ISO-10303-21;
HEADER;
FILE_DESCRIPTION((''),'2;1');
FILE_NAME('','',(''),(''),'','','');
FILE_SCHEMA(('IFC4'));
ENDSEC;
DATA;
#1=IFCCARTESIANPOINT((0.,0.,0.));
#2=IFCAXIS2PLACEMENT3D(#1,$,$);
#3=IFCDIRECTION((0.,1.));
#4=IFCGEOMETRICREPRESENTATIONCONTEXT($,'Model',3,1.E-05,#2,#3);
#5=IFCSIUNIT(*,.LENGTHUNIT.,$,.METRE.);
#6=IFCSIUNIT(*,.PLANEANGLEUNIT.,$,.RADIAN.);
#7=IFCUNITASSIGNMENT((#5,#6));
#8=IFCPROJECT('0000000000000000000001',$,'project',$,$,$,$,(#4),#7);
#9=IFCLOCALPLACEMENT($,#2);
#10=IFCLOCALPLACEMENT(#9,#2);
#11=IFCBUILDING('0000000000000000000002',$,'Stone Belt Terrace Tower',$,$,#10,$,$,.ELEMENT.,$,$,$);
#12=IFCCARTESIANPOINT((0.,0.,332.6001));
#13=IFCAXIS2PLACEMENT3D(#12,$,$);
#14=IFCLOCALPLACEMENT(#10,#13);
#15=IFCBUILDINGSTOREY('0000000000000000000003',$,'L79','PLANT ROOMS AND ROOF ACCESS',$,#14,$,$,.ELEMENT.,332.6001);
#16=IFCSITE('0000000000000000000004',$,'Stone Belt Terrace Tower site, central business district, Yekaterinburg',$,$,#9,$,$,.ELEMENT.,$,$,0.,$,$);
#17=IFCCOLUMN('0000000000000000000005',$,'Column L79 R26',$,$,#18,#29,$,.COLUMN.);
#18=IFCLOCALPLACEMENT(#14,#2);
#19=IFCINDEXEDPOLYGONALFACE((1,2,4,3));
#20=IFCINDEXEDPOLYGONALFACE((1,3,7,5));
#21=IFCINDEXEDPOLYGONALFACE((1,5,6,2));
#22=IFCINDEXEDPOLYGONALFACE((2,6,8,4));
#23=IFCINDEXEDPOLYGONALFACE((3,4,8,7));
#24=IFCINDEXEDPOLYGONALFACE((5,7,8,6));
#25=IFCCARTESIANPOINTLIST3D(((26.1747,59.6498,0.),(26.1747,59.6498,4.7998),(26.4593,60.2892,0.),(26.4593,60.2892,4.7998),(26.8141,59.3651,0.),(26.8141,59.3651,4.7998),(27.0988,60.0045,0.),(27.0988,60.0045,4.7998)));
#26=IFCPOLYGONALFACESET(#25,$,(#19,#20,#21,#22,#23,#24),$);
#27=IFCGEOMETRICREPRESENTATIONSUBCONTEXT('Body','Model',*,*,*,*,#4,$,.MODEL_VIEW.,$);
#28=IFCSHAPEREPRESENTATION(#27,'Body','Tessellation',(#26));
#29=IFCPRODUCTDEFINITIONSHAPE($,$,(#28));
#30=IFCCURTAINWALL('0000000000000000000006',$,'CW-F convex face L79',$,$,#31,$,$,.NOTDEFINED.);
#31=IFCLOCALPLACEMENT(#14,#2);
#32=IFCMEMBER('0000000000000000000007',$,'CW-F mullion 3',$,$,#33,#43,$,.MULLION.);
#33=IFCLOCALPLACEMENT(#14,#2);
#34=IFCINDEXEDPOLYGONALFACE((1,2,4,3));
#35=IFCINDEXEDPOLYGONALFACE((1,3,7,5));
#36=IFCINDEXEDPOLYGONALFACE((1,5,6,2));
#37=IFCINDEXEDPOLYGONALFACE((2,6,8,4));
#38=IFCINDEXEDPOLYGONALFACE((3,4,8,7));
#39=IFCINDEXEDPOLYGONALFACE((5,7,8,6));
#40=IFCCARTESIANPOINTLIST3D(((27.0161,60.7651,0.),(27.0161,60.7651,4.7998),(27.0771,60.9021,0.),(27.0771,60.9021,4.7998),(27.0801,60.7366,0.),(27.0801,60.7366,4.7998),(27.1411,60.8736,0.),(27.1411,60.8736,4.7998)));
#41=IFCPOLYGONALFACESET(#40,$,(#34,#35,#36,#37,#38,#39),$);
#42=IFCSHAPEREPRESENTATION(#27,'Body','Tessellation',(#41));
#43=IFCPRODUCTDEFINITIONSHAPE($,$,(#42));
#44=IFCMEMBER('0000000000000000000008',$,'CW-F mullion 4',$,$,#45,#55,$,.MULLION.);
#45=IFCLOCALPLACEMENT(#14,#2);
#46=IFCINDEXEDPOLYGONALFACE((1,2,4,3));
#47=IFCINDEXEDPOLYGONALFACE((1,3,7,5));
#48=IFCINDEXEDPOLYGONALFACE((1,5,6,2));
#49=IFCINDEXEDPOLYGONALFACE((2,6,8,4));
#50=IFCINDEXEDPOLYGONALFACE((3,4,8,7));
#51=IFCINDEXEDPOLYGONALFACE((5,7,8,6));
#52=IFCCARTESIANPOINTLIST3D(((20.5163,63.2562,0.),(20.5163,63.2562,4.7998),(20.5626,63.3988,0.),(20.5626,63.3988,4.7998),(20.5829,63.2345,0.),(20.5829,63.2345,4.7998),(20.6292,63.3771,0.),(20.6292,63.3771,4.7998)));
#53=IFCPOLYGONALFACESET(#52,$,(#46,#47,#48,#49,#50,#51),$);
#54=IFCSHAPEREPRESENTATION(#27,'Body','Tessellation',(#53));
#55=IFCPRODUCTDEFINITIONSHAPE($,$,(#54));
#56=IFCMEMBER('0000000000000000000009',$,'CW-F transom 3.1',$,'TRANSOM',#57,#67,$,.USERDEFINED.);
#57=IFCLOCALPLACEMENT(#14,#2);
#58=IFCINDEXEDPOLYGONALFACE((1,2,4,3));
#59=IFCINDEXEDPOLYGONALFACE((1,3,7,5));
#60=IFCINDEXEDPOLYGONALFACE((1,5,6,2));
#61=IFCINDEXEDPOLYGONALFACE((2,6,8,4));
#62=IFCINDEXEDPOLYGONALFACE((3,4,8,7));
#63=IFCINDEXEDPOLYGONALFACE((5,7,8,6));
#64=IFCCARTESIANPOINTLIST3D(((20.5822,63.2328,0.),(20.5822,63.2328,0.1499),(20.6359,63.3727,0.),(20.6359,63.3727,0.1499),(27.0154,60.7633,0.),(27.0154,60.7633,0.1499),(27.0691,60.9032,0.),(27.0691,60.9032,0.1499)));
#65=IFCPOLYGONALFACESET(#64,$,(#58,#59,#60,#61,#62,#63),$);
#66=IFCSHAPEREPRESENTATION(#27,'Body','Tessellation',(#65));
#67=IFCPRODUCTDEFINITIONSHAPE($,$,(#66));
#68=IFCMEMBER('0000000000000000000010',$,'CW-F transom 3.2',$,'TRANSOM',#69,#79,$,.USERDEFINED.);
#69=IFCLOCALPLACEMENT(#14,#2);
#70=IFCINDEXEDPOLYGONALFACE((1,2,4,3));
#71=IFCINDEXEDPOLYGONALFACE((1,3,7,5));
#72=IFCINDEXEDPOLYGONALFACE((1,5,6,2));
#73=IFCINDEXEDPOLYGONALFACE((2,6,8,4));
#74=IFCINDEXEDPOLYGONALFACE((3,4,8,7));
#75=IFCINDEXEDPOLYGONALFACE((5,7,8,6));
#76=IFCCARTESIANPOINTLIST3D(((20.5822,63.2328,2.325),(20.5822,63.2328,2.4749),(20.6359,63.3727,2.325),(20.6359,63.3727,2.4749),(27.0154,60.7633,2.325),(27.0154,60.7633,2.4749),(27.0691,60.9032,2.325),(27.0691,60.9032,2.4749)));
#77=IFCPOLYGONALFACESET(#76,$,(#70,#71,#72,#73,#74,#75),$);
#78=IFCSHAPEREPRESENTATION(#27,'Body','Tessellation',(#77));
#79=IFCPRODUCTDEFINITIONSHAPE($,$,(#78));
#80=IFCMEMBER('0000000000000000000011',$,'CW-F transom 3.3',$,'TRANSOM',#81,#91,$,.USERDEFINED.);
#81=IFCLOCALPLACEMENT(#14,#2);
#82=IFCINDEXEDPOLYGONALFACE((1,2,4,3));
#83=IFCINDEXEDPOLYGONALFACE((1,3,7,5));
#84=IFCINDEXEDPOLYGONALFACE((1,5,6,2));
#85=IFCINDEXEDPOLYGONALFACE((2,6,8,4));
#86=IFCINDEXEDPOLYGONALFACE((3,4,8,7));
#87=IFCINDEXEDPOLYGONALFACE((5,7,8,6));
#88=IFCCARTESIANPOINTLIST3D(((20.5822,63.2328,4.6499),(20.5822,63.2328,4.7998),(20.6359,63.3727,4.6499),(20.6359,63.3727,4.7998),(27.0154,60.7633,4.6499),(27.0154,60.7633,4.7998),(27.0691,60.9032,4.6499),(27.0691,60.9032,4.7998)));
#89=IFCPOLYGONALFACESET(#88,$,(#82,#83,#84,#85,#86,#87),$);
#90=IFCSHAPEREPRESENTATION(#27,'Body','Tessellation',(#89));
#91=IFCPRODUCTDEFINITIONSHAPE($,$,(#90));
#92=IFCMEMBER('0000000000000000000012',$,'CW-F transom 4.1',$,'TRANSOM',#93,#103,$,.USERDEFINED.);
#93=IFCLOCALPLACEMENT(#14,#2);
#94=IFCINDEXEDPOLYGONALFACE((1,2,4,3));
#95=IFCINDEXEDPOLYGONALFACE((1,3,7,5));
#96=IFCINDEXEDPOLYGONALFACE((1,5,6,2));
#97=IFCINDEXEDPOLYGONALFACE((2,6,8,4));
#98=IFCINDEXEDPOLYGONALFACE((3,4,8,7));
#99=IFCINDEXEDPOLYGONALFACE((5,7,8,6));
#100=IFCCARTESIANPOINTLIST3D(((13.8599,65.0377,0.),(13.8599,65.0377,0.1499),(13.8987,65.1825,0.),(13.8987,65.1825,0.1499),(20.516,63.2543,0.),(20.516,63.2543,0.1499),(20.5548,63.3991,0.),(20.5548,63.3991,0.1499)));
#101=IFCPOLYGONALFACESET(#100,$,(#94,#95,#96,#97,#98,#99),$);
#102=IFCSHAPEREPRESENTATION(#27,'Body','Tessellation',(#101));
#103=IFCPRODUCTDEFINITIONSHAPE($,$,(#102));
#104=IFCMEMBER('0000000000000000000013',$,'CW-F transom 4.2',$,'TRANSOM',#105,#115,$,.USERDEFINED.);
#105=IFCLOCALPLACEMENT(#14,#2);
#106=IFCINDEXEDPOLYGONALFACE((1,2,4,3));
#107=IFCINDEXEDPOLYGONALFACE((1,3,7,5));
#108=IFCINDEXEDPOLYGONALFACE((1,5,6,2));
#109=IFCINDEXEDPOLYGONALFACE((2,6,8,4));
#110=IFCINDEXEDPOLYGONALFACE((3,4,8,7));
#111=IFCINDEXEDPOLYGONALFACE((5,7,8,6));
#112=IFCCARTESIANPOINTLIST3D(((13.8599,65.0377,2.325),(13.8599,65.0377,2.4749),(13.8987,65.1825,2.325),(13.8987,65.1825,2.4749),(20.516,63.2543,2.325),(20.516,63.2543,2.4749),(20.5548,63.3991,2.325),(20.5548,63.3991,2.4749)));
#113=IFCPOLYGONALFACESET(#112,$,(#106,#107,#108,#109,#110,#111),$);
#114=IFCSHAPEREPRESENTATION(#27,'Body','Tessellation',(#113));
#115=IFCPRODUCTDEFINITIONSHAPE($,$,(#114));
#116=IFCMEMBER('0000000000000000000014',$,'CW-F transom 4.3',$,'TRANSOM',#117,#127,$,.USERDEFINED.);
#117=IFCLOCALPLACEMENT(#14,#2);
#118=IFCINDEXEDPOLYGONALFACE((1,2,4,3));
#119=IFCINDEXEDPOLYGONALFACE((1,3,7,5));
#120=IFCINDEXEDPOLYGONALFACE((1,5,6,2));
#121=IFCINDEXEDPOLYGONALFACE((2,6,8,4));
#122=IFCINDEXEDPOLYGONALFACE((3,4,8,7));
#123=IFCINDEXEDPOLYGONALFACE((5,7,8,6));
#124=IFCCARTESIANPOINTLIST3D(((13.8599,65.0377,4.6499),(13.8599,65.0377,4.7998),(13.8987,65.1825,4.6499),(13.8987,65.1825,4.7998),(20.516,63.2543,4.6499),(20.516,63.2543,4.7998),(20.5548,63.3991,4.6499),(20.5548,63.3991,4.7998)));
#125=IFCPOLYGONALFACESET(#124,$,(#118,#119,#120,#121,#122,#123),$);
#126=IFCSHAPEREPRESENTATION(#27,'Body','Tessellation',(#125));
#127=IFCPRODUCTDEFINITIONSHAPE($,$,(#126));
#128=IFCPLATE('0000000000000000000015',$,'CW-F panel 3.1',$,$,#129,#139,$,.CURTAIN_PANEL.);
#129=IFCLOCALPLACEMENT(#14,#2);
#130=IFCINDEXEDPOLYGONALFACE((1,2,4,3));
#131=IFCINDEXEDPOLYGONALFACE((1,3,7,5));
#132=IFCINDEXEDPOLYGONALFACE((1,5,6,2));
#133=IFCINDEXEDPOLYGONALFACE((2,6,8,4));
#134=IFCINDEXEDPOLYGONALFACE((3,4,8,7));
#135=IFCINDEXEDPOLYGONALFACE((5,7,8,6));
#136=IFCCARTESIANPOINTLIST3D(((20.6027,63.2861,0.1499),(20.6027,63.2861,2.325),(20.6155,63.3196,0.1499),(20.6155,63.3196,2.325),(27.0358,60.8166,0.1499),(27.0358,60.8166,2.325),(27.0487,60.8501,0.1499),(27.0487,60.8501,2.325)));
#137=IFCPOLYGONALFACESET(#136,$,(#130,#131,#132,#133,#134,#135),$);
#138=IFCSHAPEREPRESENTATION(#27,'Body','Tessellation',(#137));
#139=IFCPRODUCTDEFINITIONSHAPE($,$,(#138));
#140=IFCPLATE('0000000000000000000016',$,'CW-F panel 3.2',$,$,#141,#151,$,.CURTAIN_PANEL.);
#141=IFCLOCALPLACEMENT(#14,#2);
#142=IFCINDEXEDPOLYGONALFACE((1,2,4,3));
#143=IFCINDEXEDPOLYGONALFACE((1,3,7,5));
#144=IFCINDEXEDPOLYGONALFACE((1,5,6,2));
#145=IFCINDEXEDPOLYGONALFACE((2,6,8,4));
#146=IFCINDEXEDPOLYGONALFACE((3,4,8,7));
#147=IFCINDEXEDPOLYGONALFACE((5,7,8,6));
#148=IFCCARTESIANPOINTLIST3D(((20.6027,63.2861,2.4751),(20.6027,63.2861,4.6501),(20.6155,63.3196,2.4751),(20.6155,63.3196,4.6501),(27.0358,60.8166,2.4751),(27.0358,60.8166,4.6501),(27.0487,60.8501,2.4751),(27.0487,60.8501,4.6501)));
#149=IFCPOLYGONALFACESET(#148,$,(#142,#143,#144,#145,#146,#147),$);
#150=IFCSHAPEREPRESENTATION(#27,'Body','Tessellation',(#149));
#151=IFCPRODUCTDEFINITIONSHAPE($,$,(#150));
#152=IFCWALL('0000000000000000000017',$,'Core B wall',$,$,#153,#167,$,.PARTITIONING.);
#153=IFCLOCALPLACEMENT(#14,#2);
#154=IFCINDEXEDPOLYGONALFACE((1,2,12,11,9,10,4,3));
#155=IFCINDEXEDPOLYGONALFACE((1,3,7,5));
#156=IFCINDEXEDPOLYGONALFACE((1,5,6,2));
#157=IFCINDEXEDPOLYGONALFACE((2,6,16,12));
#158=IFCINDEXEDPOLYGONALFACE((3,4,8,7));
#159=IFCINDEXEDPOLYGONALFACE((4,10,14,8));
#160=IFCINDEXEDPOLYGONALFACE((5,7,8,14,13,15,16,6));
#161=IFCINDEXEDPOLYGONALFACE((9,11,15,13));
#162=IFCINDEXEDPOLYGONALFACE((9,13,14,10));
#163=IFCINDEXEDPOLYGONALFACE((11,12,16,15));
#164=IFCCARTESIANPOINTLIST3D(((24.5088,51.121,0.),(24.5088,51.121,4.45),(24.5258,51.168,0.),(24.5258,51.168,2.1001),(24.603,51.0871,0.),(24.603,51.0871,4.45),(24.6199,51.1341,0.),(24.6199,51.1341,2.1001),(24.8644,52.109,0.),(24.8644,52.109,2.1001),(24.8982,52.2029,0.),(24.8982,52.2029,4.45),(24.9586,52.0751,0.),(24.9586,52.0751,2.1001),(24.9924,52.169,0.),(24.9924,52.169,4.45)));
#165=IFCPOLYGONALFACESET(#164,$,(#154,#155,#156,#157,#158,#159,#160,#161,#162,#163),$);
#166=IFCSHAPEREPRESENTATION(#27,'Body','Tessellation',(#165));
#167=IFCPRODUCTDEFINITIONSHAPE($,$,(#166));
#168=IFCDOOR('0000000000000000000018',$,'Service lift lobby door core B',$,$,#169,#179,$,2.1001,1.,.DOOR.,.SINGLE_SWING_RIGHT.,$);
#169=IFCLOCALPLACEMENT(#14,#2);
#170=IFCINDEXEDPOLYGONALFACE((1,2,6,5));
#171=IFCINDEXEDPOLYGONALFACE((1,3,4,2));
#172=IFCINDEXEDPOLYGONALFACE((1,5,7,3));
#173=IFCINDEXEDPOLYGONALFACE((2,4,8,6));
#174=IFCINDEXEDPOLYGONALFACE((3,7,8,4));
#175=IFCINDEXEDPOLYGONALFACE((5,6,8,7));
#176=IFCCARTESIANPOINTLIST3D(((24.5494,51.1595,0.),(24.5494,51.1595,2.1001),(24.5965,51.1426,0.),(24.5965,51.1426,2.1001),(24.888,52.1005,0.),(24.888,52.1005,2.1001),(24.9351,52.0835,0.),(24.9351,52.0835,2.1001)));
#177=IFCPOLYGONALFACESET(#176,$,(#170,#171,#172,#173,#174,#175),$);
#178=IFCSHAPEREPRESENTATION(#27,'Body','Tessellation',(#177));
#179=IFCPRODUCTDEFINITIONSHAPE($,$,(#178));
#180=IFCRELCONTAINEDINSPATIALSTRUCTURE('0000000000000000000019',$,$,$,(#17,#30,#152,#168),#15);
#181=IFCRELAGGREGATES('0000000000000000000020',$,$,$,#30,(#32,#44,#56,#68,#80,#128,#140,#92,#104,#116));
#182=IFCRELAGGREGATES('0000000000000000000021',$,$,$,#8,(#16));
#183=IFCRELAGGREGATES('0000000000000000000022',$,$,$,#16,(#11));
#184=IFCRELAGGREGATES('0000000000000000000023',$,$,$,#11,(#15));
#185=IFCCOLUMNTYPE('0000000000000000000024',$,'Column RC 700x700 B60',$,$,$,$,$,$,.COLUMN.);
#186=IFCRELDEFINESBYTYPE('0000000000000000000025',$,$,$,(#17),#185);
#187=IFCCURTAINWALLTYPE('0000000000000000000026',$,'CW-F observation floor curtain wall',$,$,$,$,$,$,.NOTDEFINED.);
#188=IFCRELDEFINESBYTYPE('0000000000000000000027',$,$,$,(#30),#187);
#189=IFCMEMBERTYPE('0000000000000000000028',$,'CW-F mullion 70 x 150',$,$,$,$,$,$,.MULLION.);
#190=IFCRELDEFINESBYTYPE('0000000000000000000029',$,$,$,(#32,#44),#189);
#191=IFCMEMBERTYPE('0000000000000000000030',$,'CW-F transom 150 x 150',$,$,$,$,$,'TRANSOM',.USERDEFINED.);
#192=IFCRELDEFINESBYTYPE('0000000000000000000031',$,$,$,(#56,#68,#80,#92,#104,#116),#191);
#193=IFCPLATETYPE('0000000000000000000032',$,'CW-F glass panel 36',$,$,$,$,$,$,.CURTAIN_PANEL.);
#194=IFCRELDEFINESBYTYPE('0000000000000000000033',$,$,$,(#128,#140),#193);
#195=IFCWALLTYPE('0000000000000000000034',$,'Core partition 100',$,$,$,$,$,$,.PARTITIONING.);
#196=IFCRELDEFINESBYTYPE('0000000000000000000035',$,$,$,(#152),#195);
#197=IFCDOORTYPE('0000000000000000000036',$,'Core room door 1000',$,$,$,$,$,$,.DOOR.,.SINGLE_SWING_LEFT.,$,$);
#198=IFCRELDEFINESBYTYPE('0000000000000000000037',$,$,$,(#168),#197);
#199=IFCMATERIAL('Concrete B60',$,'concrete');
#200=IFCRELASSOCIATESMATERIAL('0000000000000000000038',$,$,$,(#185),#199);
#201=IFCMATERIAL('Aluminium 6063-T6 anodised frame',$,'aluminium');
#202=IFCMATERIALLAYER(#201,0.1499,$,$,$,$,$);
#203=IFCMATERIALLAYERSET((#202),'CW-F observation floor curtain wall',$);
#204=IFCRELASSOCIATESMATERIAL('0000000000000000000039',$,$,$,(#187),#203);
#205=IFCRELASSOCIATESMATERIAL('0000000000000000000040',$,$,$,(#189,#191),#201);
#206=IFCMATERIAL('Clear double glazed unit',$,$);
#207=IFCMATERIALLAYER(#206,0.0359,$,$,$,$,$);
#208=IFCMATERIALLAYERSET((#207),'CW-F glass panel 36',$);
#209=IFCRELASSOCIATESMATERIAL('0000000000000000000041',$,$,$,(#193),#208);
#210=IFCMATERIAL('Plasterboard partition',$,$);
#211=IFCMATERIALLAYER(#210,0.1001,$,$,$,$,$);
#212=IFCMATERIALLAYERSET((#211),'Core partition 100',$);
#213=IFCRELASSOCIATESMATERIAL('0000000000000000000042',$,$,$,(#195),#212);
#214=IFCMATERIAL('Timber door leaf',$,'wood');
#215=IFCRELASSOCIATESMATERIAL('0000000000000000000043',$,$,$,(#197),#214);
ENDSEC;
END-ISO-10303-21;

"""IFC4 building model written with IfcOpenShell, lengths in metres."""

from ifc_helpers import new_model, si_unit, direction, frame, frame_2d, origin, origin_2d, place, context, subcontext, project, spatial, rectangle, extrude, material, layer, layer_set, material_profile, profile_set, type_object, element, fill, aggregate, save


model = new_model("IFC4")

# Units and contexts
model_context = context("Model", 3, precision=1e-05, world=origin(), true_north=direction((0.0, 1.0)))
body_context = subcontext(model_context, "Body", "Model", "MODEL_VIEW")
ifc_project = project(units=[si_unit("LENGTHUNIT", "METRE"), si_unit("PLANEANGLEUNIT", "RADIAN")], contexts=[model_context])

# Site, building, storey
site_placement = place(None, origin())
site = spatial("IfcSite", under=ifc_project, at=site_placement, Name="Stone Belt Terrace Tower site, central business district, Yekaterinburg", CompositionType="ELEMENT", RefElevation=0.0)
building_placement = place(site_placement, origin())
building = spatial("IfcBuilding", under=site, at=building_placement, Name="Stone Belt Terrace Tower", CompositionType="ELEMENT")
storey_placement = place(building_placement, frame((0.0, 0.0, 332.6001)))
storey = spatial("IfcBuildingStorey", under=building, at=storey_placement, Name="L79", Description="PLANT ROOMS AND ROOF ACCESS", CompositionType="ELEMENT", Elevation=332.6001)

# Column
ifc_material_1 = material(Name="Concrete B60", Category="concrete")
ifc_material_profile_1 = material_profile(ifc_material_1, rectangle(XDim=0.7, YDim=0.7, at=origin_2d()), Name="RC 700x700")
ifc_profile_set_1 = profile_set([ifc_material_profile_1], Name="Concrete B60")
column_type = type_object("IfcColumnType", Name="Column RC 700x700 B60", PredefinedType="COLUMN", material=ifc_profile_set_1)
column_placement = place(storey_placement, frame((26.6367, 59.8271, 0.0), z_axis=(0.0, 0.0, 1.0), x_axis=(0.913545, -0.406737, 0.0)))
element("IfcColumn", 1, at=column_placement, inside=storey, type_object=column_type, Name="Column L79 R26", PredefinedType="COLUMN", context=body_context, shape_type="SweptSolid", body=[
    extrude(rectangle(XDim=0.7, YDim=0.7, at=origin_2d()), origin(), (0.0, 0.0, 1.0), 4.7998),
])

# Curtain wall, members, plates
ifc_material_2 = material(Name="Aluminium 6063-T6 anodised frame", Category="aluminium")
ifc_layer_1 = layer(ifc_material_2, 0.1499)
ifc_layer_set_1 = layer_set([ifc_layer_1], Name="CW-F observation floor curtain wall")
curtain_wall_type = type_object("IfcCurtainWallType", Name="CW-F observation floor curtain wall", PredefinedType="NOTDEFINED", material=ifc_layer_set_1)
curtain_wall_placement = place(storey_placement, origin())
curtain_wall = element("IfcCurtainWall", 2, at=curtain_wall_placement, inside=storey, type_object=curtain_wall_type, Name="CW-F convex face L79", PredefinedType="NOTDEFINED")
ifc_material_profile_2 = material_profile(ifc_material_2, rectangle(XDim=0.1499, YDim=0.0701, at=origin_2d()), Name="Aluminium 6063-T6 70x150")
ifc_profile_set_2 = profile_set([ifc_material_profile_2], Name="Aluminium 6063-T6 anodised frame")
member_type_1 = type_object("IfcMemberType", Name="CW-F mullion 70 x 150", PredefinedType="MULLION", material=ifc_profile_set_2)
member_1_placement = place(storey_placement, frame((27.0786, 60.8193, 0.0), z_axis=(0.0, 0.0, 1.0), x_axis=(-0.406737, -0.913545, 0.0)))
member_1 = element("IfcMember", 3, at=member_1_placement, type_object=member_type_1, Name="CW-F mullion 3", PredefinedType="MULLION", context=body_context, shape_type="SweptSolid", body=[
    extrude(rectangle(XDim=0.1499, YDim=0.0701, at=origin_2d()), origin(), (0.0, 0.0, 1.0), 4.7998),
])
member_2_placement = place(storey_placement, frame((20.5728, 63.3167, 0.0), z_axis=(0.0, 0.0, 1.0), x_axis=(-0.309017, -0.951057, 0.0)))
member_2 = element("IfcMember", 4, at=member_2_placement, type_object=member_type_1, Name="CW-F mullion 4", PredefinedType="MULLION", context=body_context, shape_type="SweptSolid", body=[
    extrude(rectangle(XDim=0.1499, YDim=0.0701, at=origin_2d()), origin(), (0.0, 0.0, 1.0), 4.7998),
])
ifc_material_profile_3 = material_profile(ifc_material_2, rectangle(XDim=0.1499, YDim=0.1499, at=origin_2d()), Name="Aluminium 6063-T6 150x150")
ifc_profile_set_3 = profile_set([ifc_material_profile_3], Name="Aluminium 6063-T6 anodised frame")
member_type_2 = type_object("IfcMemberType", Name="CW-F transom 150 x 150", ElementType="TRANSOM", PredefinedType="USERDEFINED", material=ifc_profile_set_3)
member_3_placement = place(storey_placement, frame((27.0422, 60.8333, 0.075), z_axis=(-0.933578, 0.358374, 0.0), x_axis=(-0.358374, -0.933578, 0.0)))
member_3 = element("IfcMember", 5, at=member_3_placement, type_object=member_type_2, Name="CW-F transom 3.1", ObjectType="TRANSOM", PredefinedType="USERDEFINED", context=body_context, shape_type="SweptSolid", body=[
    extrude(rectangle(XDim=0.1499, YDim=0.1499, at=origin_2d()), origin(), (0.0, 0.0, 1.0), 6.8909),
])
member_4_placement = place(storey_placement, frame((27.0422, 60.8333, 2.3999), z_axis=(-0.933578, 0.358374, 0.0), x_axis=(-0.358374, -0.933578, 0.0)))
member_4 = element("IfcMember", 6, at=member_4_placement, type_object=member_type_2, Name="CW-F transom 3.2", ObjectType="TRANSOM", PredefinedType="USERDEFINED", context=body_context, shape_type="SweptSolid", body=[
    extrude(rectangle(XDim=0.1499, YDim=0.1499, at=origin_2d()), origin(), (0.0, 0.0, 1.0), 6.8909),
])
member_5_placement = place(storey_placement, frame((27.0422, 60.8333, 4.7249), z_axis=(-0.933578, 0.358374, 0.0), x_axis=(-0.358374, -0.933578, 0.0)))
member_5 = element("IfcMember", 7, at=member_5_placement, type_object=member_type_2, Name="CW-F transom 3.3", ObjectType="TRANSOM", PredefinedType="USERDEFINED", context=body_context, shape_type="SweptSolid", body=[
    extrude(rectangle(XDim=0.1499, YDim=0.1499, at=origin_2d()), origin(), (0.0, 0.0, 1.0), 6.8909),
])
member_6_placement = place(storey_placement, frame((20.5354, 63.3267, 0.075), z_axis=(-0.965927, 0.258816, 0.0), x_axis=(-0.258816, -0.965927, 0.0)))
member_6 = element("IfcMember", 8, at=member_6_placement, type_object=member_type_2, Name="CW-F transom 4.1", ObjectType="TRANSOM", PredefinedType="USERDEFINED", context=body_context, shape_type="SweptSolid", body=[
    extrude(rectangle(XDim=0.1499, YDim=0.1499, at=origin_2d()), origin(), (0.0, 0.0, 1.0), 6.8909),
])
member_7_placement = place(storey_placement, frame((20.5354, 63.3267, 2.3999), z_axis=(-0.965927, 0.258816, 0.0), x_axis=(-0.258816, -0.965927, 0.0)))
member_7 = element("IfcMember", 9, at=member_7_placement, type_object=member_type_2, Name="CW-F transom 4.2", ObjectType="TRANSOM", PredefinedType="USERDEFINED", context=body_context, shape_type="SweptSolid", body=[
    extrude(rectangle(XDim=0.1499, YDim=0.1499, at=origin_2d()), origin(), (0.0, 0.0, 1.0), 6.8909),
])
member_8_placement = place(storey_placement, frame((20.5354, 63.3267, 4.7249), z_axis=(-0.965927, 0.258816, 0.0), x_axis=(-0.258816, -0.965927, 0.0)))
member_8 = element("IfcMember", 10, at=member_8_placement, type_object=member_type_2, Name="CW-F transom 4.3", ObjectType="TRANSOM", PredefinedType="USERDEFINED", context=body_context, shape_type="SweptSolid", body=[
    extrude(rectangle(XDim=0.1499, YDim=0.1499, at=origin_2d()), origin(), (0.0, 0.0, 1.0), 6.8909),
])
ifc_material_3 = material(Name="Clear double glazed unit")
ifc_layer_2 = layer(ifc_material_3, 0.0359)
ifc_layer_set_2 = layer_set([ifc_layer_2], Name="CW-F glass panel 36")
plate_type = type_object("IfcPlateType", Name="CW-F glass panel 36", PredefinedType="CURTAIN_PANEL", material=ifc_layer_set_2)
plate_1_placement = place(storey_placement, frame((23.8257, 62.0681, 0.1499), z_axis=(0.0, 0.0, 1.0), x_axis=(-0.93358, 0.358368, 0.0)))
plate_1 = element("IfcPlate", 11, at=plate_1_placement, type_object=plate_type, Name="CW-F panel 3.1", PredefinedType="CURTAIN_PANEL", context=body_context, shape_type="SweptSolid", body=[
    extrude(rectangle(XDim=6.8909, YDim=0.0359, at=origin_2d()), origin(), (0.0, 0.0, 1.0), 2.175),
])
plate_2_placement = place(storey_placement, frame((23.8257, 62.0681, 2.4751), z_axis=(0.0, 0.0, 1.0), x_axis=(-0.93358, 0.358368, 0.0)))
plate_2 = element("IfcPlate", 12, at=plate_2_placement, type_object=plate_type, Name="CW-F panel 3.2", PredefinedType="CURTAIN_PANEL", context=body_context, shape_type="SweptSolid", body=[
    extrude(rectangle(XDim=6.8909, YDim=0.0359, at=origin_2d()), origin(), (0.0, 0.0, 1.0), 2.175),
])
aggregate(curtain_wall, [member_1, member_2, member_3, member_4, member_5, plate_1, plate_2, member_6, member_7, member_8])

# Wall, opening, door
ifc_material_4 = material(Name="Plasterboard partition")
ifc_layer_3 = layer(ifc_material_4, 0.1001)
ifc_layer_set_3 = layer_set([ifc_layer_3], Name="Core partition 100")
wall_type_1 = type_object("IfcWallType", Name="Core partition 100", PredefinedType="PARTITIONING", material=ifc_layer_set_3)
wall_1_placement = place(storey_placement, frame((24.5559, 51.104, 0.0), z_axis=(0.0, 0.0, 1.0), x_axis=(0.338622, 0.940923, 0.0)))
wall_1 = element("IfcWall", 13, at=wall_1_placement, inside=storey, type_object=wall_type_1, Name="Core B wall", PredefinedType="PARTITIONING", context=body_context, shape_type="SweptSolid", body=[
    extrude(rectangle(XDim=1.1499, YDim=0.1001, at=frame_2d((0.575, 0.0))), origin(), (0.0, 0.0, 1.0), 4.45),
])
opening_1_placement = place(wall_1_placement, frame((0.05, 0.0, 0.0)))
opening_1 = element("IfcOpeningElement", 14, at=opening_1_placement, cuts=wall_1, PredefinedType="OPENING", context=body_context, shape_type="SweptSolid", body=[
    extrude(rectangle(XDim=1.0, YDim=2.1001, at=frame_2d((0.5, 1.05))), frame((0.0, 0.0601, 0.0), z_axis=(0.0, -1.0, 0.0), x_axis=(1.0, 0.0, 0.0)), (0.0, 0.0, 1.0), 0.1201),
])
ifc_material_5 = material(Name="Timber door leaf", Category="wood")
door_type = type_object("IfcDoorType", Name="Core room door 1000", OperationType="SINGLE_SWING_LEFT", PredefinedType="DOOR", material=ifc_material_5)
door_1_placement = place(opening_1_placement, origin())
door_1 = element("IfcDoor", 15, at=door_1_placement, inside=storey, type_object=door_type, Name="Service lift lobby door core B", OperationType="SINGLE_SWING_RIGHT", OverallHeight=2.1001, OverallWidth=1.0, PredefinedType="DOOR", context=body_context, shape_type="SweptSolid", body=[
    extrude(rectangle(XDim=1.0, YDim=2.1001, at=frame_2d((0.5, 1.05))), frame((0.0, 0.0249, 0.0), z_axis=(0.0, -1.0, 0.0), x_axis=(1.0, 0.0, 0.0)), (0.0, 0.0, 1.0), 0.05),
])
fill(opening_1, door_1)

save(model, "model.ifc")
